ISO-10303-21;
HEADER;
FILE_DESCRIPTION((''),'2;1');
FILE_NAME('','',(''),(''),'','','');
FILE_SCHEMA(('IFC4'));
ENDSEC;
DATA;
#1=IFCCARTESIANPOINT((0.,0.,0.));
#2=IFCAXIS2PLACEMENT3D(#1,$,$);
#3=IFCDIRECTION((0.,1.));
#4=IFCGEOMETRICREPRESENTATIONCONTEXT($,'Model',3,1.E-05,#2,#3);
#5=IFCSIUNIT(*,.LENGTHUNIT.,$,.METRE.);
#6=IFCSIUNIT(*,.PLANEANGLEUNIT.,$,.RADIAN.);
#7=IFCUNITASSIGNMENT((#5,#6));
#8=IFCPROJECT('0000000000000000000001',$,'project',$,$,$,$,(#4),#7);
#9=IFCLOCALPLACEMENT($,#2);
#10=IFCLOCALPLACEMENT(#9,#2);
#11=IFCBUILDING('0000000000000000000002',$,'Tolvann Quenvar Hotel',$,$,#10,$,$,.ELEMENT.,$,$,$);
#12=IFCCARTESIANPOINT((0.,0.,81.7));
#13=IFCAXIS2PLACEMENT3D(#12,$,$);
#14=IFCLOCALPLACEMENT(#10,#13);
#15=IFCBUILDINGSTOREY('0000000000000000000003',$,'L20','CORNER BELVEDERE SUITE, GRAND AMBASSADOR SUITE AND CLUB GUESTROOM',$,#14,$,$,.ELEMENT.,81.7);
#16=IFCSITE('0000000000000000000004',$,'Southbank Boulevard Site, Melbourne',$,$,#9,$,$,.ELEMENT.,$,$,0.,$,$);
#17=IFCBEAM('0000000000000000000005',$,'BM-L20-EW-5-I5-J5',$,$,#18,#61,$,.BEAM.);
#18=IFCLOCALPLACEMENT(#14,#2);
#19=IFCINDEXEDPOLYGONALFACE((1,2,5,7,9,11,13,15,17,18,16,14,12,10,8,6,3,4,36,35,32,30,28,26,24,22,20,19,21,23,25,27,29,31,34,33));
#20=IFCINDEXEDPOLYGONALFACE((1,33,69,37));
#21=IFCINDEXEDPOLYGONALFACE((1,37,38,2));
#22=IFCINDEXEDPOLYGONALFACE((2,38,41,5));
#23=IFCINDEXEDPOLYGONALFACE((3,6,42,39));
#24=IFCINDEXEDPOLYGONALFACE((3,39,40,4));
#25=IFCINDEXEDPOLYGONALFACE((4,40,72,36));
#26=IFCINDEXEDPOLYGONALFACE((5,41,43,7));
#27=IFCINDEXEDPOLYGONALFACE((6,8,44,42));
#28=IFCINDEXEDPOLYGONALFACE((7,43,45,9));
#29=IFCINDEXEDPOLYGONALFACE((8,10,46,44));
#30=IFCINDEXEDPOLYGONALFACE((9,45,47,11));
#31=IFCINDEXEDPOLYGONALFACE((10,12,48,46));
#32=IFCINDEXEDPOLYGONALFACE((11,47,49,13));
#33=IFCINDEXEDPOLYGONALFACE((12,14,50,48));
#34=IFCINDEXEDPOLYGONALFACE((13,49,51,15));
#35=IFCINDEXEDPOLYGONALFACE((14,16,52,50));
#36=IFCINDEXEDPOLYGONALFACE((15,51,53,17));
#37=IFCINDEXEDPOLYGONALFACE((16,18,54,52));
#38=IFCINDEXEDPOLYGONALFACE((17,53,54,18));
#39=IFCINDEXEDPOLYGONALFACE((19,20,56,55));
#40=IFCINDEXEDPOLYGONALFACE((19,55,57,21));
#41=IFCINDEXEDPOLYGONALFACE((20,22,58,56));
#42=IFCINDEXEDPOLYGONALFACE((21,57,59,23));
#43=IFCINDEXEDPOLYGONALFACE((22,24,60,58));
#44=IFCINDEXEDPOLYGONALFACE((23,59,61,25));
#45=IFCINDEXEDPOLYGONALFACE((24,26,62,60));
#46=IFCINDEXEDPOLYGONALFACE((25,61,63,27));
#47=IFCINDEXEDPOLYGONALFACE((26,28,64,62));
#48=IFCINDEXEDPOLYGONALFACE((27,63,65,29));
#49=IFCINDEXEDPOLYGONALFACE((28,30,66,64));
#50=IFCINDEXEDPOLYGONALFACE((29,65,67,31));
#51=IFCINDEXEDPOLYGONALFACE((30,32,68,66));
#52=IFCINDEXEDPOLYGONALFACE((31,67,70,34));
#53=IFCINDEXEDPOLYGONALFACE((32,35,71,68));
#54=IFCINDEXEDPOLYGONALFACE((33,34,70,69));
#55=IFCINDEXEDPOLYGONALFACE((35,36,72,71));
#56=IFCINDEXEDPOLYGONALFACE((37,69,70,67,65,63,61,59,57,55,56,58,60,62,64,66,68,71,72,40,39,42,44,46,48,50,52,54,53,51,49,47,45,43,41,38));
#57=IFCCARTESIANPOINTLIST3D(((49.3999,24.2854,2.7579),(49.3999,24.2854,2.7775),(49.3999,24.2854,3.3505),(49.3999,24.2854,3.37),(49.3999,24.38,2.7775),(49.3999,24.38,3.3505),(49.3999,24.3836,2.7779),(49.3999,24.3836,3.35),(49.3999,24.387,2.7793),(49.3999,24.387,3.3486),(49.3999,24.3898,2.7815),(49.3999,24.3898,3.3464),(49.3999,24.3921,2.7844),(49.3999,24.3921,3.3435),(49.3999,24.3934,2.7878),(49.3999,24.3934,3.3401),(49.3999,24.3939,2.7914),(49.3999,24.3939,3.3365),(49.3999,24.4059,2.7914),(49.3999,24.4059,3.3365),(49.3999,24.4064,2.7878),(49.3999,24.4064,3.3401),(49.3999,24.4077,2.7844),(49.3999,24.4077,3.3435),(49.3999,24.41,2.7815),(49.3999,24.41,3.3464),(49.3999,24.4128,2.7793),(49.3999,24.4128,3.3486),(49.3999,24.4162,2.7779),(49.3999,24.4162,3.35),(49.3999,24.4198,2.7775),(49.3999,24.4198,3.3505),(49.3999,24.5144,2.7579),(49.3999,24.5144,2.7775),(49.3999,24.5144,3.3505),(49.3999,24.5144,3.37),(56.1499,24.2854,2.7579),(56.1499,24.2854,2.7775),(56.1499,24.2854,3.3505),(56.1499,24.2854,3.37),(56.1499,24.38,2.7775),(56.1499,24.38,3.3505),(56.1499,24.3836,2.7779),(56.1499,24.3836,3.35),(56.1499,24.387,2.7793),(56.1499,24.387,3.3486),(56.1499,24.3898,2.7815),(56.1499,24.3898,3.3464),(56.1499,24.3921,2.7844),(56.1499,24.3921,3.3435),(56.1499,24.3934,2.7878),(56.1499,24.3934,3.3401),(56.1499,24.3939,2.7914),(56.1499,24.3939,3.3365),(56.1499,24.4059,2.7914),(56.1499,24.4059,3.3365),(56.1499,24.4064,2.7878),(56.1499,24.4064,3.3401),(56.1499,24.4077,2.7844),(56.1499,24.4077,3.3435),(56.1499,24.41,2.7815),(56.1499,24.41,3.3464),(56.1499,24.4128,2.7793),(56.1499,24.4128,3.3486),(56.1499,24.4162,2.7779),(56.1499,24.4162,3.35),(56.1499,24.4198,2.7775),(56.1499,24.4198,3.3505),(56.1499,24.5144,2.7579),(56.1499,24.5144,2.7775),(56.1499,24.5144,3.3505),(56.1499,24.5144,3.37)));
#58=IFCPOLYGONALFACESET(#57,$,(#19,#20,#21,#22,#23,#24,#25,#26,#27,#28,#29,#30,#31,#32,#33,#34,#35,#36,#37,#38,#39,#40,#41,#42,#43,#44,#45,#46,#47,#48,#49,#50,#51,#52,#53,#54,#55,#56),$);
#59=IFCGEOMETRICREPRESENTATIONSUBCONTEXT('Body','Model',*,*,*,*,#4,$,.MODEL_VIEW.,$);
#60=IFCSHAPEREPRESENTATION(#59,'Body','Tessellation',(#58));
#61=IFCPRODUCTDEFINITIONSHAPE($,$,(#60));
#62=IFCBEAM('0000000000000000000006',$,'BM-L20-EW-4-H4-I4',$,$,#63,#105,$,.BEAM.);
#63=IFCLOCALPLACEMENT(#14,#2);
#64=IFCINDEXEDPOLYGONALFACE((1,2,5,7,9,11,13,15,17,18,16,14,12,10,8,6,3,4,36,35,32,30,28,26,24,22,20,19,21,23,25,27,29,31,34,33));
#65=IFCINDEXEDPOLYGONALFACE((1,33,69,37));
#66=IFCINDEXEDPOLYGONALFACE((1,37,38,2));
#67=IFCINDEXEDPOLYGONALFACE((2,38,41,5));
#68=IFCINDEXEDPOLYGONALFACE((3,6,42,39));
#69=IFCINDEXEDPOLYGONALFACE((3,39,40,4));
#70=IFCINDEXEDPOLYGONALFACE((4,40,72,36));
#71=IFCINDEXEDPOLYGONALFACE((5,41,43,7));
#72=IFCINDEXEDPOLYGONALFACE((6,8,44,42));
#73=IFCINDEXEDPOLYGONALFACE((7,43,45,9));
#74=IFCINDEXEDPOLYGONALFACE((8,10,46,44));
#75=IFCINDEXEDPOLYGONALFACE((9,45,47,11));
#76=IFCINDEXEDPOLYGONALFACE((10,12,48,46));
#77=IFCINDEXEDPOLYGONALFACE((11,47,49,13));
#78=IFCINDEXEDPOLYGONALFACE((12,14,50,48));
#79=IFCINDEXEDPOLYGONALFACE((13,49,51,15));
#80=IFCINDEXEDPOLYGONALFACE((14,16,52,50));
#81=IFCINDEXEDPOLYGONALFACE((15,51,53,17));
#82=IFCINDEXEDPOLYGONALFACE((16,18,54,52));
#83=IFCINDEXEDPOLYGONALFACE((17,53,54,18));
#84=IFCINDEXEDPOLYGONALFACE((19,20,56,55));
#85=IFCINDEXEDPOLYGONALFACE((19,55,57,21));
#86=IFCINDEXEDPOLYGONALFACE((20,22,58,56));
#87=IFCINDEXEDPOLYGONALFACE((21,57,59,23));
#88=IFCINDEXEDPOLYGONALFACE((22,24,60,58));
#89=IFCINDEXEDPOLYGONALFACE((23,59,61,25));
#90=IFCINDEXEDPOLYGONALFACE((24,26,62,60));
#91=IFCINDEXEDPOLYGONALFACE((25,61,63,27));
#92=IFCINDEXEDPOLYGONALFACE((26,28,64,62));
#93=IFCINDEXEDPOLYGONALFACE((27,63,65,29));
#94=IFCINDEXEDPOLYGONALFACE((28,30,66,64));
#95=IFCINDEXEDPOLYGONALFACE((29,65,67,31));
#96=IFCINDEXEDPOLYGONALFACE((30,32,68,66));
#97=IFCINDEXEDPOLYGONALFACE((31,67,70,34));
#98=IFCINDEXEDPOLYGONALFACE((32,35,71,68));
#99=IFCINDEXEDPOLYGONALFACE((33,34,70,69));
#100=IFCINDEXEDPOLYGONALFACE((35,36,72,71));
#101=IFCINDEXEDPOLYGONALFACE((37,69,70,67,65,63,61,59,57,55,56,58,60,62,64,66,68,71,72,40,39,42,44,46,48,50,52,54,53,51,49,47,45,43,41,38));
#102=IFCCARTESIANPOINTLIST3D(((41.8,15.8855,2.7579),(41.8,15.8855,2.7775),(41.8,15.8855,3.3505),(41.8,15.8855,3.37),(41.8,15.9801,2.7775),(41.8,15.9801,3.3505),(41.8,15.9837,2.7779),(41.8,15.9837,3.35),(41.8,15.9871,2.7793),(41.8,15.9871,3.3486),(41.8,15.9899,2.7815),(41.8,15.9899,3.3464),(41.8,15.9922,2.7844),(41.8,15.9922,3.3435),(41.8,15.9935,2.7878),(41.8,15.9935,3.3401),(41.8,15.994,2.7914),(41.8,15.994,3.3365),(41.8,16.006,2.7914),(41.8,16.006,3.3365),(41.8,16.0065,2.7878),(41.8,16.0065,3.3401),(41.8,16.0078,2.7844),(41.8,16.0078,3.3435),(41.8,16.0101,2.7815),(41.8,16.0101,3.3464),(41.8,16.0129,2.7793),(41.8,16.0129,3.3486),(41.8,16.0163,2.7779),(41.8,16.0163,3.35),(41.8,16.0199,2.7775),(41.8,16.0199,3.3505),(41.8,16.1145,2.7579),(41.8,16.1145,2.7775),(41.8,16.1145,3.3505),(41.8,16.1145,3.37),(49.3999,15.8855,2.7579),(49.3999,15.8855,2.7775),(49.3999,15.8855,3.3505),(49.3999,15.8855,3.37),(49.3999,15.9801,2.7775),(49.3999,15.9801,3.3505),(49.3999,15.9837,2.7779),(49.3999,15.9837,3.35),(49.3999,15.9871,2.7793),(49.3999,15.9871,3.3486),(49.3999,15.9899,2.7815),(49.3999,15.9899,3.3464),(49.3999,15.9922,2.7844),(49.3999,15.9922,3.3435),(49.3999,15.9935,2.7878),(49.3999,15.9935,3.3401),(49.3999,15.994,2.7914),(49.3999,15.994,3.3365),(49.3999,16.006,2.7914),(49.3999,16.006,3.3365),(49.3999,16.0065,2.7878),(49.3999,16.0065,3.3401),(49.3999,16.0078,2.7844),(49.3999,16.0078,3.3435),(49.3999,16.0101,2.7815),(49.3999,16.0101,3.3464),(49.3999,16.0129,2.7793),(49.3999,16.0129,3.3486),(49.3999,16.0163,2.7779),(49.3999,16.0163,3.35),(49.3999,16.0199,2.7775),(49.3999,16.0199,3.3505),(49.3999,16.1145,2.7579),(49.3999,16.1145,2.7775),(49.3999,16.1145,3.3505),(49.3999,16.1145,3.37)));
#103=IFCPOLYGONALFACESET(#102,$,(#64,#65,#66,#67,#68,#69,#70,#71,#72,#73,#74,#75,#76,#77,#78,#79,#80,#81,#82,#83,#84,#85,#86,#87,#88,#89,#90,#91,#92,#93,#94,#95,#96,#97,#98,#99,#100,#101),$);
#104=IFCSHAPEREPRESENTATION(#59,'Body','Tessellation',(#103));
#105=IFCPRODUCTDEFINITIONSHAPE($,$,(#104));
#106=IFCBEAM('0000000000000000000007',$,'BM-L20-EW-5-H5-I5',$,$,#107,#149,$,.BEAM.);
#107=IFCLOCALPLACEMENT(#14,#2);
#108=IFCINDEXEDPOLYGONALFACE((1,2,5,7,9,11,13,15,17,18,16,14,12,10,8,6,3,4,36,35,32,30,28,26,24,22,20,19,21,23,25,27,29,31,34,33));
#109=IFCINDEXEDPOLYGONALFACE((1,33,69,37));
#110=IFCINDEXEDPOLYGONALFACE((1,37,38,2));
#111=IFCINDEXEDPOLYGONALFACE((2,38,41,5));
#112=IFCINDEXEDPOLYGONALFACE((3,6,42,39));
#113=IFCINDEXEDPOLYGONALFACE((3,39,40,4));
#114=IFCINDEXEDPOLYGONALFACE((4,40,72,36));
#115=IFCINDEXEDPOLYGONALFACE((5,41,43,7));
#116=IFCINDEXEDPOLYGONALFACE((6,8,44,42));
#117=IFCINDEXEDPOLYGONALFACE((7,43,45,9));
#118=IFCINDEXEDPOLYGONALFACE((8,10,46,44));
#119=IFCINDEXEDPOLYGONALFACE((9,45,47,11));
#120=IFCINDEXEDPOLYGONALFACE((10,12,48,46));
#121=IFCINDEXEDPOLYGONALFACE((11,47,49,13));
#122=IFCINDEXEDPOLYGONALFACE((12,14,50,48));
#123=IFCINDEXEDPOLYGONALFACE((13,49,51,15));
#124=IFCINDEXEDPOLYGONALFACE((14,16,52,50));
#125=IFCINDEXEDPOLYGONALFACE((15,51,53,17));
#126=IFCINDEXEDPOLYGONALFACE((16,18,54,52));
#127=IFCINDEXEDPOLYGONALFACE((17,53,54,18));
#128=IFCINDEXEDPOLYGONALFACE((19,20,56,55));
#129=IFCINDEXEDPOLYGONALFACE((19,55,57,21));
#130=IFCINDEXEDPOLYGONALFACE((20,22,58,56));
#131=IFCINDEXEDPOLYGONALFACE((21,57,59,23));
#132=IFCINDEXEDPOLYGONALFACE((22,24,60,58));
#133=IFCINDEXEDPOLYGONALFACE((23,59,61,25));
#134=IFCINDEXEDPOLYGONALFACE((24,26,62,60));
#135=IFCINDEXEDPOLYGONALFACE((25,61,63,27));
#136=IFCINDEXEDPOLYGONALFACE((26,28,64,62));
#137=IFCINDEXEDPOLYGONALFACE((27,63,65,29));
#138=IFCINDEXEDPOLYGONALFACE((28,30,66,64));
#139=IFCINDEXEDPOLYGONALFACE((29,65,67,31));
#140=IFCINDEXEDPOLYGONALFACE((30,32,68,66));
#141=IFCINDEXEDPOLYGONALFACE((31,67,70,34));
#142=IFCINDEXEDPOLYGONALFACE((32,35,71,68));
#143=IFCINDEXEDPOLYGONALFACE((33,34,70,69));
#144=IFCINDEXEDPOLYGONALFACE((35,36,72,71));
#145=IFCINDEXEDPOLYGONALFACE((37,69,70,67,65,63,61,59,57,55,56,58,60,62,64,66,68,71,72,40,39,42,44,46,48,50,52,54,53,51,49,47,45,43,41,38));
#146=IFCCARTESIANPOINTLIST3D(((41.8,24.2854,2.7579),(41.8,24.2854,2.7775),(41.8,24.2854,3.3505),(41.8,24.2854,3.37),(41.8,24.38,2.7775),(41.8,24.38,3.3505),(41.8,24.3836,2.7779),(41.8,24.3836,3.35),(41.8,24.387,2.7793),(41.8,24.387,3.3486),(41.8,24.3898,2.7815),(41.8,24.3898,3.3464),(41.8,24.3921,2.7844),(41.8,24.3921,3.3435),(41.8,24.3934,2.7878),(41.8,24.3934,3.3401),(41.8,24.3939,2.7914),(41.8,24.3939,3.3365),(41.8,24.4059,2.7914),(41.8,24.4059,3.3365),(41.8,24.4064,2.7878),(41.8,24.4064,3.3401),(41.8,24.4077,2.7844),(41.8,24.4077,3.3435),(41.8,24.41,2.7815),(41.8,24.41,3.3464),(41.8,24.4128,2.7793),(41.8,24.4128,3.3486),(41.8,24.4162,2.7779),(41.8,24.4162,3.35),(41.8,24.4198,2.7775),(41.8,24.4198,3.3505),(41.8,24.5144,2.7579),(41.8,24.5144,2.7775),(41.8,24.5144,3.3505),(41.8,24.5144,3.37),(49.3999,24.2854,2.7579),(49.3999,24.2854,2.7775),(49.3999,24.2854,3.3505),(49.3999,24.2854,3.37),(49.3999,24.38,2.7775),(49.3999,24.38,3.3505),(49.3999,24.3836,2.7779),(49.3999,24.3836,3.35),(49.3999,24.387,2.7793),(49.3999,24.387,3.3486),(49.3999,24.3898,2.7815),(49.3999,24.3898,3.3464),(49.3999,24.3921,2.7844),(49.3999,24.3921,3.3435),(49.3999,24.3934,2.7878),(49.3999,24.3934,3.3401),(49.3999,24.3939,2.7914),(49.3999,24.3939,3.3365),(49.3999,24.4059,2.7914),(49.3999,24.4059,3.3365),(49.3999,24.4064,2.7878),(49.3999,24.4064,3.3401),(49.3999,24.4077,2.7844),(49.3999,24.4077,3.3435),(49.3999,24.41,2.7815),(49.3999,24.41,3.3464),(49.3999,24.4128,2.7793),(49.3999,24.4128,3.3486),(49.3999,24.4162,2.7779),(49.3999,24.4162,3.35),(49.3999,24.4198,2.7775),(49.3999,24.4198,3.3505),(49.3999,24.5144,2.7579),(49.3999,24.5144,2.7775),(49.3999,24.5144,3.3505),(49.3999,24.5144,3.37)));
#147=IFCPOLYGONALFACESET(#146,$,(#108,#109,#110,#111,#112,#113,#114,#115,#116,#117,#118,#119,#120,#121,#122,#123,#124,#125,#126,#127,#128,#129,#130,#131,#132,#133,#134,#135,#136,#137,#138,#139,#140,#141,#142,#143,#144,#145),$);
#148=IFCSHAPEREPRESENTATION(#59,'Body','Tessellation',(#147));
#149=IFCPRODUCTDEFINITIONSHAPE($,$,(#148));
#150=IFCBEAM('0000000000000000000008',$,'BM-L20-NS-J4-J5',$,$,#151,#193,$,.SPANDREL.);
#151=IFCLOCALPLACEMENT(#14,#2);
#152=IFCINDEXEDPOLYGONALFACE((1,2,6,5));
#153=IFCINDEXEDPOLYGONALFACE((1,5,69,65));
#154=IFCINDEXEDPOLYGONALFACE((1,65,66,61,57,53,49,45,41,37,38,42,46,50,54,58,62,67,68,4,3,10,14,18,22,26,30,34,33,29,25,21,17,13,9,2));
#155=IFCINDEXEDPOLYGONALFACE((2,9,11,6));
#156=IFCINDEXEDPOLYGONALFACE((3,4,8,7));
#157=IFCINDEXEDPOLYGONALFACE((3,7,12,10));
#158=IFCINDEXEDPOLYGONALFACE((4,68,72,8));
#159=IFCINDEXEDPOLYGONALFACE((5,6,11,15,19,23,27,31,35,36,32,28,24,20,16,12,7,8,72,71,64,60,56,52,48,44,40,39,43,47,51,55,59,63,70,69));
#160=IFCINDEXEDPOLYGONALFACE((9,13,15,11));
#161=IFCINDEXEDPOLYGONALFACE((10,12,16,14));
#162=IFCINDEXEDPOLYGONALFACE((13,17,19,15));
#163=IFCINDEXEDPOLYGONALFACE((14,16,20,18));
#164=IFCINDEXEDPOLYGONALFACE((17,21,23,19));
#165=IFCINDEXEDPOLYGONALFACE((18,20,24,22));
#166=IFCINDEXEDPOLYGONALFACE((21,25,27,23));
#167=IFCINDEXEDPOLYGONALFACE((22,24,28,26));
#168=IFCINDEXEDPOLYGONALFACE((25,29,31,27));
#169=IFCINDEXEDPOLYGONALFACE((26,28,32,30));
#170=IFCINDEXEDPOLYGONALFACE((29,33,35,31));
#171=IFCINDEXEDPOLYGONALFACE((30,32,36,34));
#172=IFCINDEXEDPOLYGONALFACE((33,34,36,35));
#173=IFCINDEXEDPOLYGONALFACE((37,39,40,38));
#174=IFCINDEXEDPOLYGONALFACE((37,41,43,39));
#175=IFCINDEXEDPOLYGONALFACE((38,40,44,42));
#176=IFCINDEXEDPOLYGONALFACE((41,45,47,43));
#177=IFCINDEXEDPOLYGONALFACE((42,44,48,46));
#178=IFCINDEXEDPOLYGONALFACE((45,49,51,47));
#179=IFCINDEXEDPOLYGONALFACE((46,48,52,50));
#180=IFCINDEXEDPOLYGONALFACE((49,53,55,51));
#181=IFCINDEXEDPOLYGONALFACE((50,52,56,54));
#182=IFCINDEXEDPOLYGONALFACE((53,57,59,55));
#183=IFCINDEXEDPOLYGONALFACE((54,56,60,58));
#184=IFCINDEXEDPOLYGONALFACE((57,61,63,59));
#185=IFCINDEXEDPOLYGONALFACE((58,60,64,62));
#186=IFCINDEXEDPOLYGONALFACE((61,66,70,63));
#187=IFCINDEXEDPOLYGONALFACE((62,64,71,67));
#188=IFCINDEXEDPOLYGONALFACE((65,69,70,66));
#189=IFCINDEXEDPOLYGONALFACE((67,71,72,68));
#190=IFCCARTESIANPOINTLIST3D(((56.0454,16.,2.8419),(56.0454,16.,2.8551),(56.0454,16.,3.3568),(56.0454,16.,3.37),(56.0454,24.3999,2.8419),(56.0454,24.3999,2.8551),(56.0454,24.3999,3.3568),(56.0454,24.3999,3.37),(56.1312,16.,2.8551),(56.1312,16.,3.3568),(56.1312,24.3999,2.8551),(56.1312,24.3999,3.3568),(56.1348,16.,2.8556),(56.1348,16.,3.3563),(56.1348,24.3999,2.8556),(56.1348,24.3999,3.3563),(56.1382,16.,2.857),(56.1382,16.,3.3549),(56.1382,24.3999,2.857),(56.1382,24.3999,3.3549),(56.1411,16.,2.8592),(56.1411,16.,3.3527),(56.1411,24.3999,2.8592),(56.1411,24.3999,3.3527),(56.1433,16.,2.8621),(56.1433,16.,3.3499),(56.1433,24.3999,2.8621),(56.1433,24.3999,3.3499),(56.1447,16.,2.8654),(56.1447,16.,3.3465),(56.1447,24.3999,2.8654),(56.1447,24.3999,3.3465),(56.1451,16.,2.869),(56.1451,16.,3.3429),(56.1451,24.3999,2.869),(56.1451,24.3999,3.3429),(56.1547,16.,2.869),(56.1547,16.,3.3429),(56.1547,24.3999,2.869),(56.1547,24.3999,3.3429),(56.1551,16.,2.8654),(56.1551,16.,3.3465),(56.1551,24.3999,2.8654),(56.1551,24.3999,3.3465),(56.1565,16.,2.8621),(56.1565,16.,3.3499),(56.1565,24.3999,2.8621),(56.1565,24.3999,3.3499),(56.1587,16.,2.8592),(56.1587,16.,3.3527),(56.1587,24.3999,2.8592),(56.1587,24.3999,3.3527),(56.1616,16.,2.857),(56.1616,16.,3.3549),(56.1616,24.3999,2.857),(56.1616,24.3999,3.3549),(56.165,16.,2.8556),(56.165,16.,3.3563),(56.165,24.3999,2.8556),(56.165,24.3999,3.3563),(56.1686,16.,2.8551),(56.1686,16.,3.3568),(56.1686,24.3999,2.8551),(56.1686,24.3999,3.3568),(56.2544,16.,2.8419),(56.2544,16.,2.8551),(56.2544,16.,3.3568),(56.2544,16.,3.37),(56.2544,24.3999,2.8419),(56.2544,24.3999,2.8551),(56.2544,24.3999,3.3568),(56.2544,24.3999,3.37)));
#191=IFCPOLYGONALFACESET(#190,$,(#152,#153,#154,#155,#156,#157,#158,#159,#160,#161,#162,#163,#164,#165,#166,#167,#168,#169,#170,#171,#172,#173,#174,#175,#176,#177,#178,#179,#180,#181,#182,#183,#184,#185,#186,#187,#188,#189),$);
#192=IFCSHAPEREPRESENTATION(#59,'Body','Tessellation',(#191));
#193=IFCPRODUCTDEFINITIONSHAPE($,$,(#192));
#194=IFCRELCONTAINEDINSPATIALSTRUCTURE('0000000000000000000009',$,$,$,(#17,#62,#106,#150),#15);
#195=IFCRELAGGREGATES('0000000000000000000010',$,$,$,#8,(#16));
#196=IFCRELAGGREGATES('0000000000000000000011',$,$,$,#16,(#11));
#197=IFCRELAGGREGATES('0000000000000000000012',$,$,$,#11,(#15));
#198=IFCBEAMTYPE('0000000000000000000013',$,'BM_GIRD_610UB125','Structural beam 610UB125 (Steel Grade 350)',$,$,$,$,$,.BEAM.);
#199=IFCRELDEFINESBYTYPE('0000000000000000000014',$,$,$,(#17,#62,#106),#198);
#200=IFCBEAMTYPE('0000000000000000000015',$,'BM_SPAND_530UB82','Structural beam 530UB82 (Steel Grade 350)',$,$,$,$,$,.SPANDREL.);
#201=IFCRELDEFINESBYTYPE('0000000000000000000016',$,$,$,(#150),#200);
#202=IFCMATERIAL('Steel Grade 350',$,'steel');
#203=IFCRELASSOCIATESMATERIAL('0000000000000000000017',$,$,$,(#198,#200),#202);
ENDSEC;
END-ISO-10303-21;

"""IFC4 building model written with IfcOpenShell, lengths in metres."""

from ifc_helpers import new_model, si_unit, direction, frame, origin, origin_2d, place, context, subcontext, project, spatial, i_section, extrude, source, transform, mapped, material, material_profile, profile_set, type_object, type_shapes, element, save


model = new_model("IFC4")

# Units and contexts
model_context = context("Model", 3, precision=1e-05, world=origin(), true_north=direction((0.0, 1.0)))
body_context = subcontext(model_context, "Body", "Model", "MODEL_VIEW")
ifc_project = project(units=[si_unit("LENGTHUNIT", "METRE"), si_unit("PLANEANGLEUNIT", "RADIAN")], contexts=[model_context])

# Site, building, storey
site_placement = place(None, origin())
site = spatial("IfcSite", under=ifc_project, at=site_placement, Name="Southbank Boulevard Site, Melbourne", CompositionType="ELEMENT", RefElevation=0.0)
building_placement = place(site_placement, origin())
building = spatial("IfcBuilding", under=site, at=building_placement, Name="Tolvann Quenvar Hotel", CompositionType="ELEMENT")
storey_placement = place(building_placement, frame((0.0, 0.0, 81.7)))
storey = spatial("IfcBuildingStorey", under=building, at=storey_placement, Name="L20", Description="CORNER BELVEDERE SUITE, GRAND AMBASSADOR SUITE AND CLUB GUESTROOM", CompositionType="ELEMENT", Elevation=81.7)

# Shared definitions
ifc_material_1 = material(Name="Steel Grade 350", Category="steel")

# Beams
ifc_material_profile_1 = material_profile(ifc_material_1, i_section(OverallWidth=0.229, OverallDepth=0.6121, WebThickness=0.012, FlangeThickness=0.0195, FilletRadius=0.0139, at=origin_2d()), Name="610UB125")
ifc_profile_set_1 = profile_set([ifc_material_profile_1], Name="Steel Grade 350")
beam_type_1 = type_object("IfcBeamType", Name="BM_GIRD_610UB125", Description="Structural beam 610UB125 (Steel Grade 350)", PredefinedType="BEAM", material=ifc_profile_set_1)
shared_shape_1 = source(origin(), body_context, "Body", "SweptSolid", [
    extrude(i_section(OverallWidth=0.229, OverallDepth=0.6121, WebThickness=0.012, FlangeThickness=0.0195, FilletRadius=0.0139, at=origin_2d()), origin(), (0.0, 0.0, 1.0), 6.75),
])
for number, where, z_axis, x_axis, name in (
    (1, (49.3999, 24.3999, 3.064), (1.0, 0.0, 0.0), (0.0, 1.0, 0.0), "BM-L20-EW-5-I5-J5"),
):
    element("IfcBeam", number, at=place(storey_placement, frame(where, z_axis=z_axis, x_axis=x_axis)), inside=storey, type_object=beam_type_1, Name=name, PredefinedType="BEAM", context=body_context, shape_type="MappedRepresentation", body=[
        mapped(shared_shape_1, transform((0.0, 0.0, 0.0), x_axis=(1.0, 0.0, 0.0), y_axis=(0.0, 1.0, 0.0), z_axis=(0.0, 0.0, 1.0), scale=1.0)),
    ])
shared_shape_2 = source(origin(), body_context, "Body", "SweptSolid", [
    extrude(i_section(OverallWidth=0.229, OverallDepth=0.6121, WebThickness=0.012, FlangeThickness=0.0195, FilletRadius=0.0139, at=origin_2d()), origin(), (0.0, 0.0, 1.0), 7.5999),
])
type_shapes(beam_type_1, [shared_shape_1, shared_shape_2])
for number, where, z_axis, x_axis, name in (
    (2, (41.8, 16.0, 3.064), (1.0, 0.0, 0.0), (0.0, 1.0, 0.0), "BM-L20-EW-4-H4-I4"),
    (3, (41.8, 24.3999, 3.064), (1.0, 0.0, 0.0), (0.0, 1.0, 0.0), "BM-L20-EW-5-H5-I5"),
):
    element("IfcBeam", number, at=place(storey_placement, frame(where, z_axis=z_axis, x_axis=x_axis)), inside=storey, type_object=beam_type_1, Name=name, PredefinedType="BEAM", context=body_context, shape_type="MappedRepresentation", body=[
        mapped(shared_shape_2, transform((0.0, 0.0, 0.0), x_axis=(1.0, 0.0, 0.0), y_axis=(0.0, 1.0, 0.0), z_axis=(0.0, 0.0, 1.0), scale=1.0)),
    ])
ifc_material_profile_2 = material_profile(ifc_material_1, i_section(OverallWidth=0.209, OverallDepth=0.5281, WebThickness=0.0095, FlangeThickness=0.0132, FilletRadius=0.0139, at=origin_2d()), Name="530UB82")
ifc_profile_set_2 = profile_set([ifc_material_profile_2], Name="Steel Grade 350")
beam_type_2 = type_object("IfcBeamType", Name="BM_SPAND_530UB82", Description="Structural beam 530UB82 (Steel Grade 350)", PredefinedType="SPANDREL", material=ifc_profile_set_2)
shared_shape_3 = source(origin(), body_context, "Body", "SweptSolid", [
    extrude(i_section(OverallWidth=0.209, OverallDepth=0.5281, WebThickness=0.0095, FlangeThickness=0.0132, FilletRadius=0.0139, at=origin_2d()), origin(), (0.0, 0.0, 1.0), 8.3999),
])
type_shapes(beam_type_2, [shared_shape_3])
beam_1_placement = place(storey_placement, frame((56.1499, 16.0, 3.106), z_axis=(0.0, 1.0, 0.0), x_axis=(-1.0, 0.0, 0.0)))
element("IfcBeam", 4, at=beam_1_placement, inside=storey, type_object=beam_type_2, Name="BM-L20-NS-J4-J5", PredefinedType="SPANDREL", context=body_context, shape_type="MappedRepresentation", body=[
    mapped(shared_shape_3, transform((0.0, 0.0, 0.0), x_axis=(1.0, 0.0, 0.0), y_axis=(0.0, 1.0, 0.0), z_axis=(0.0, 0.0, 1.0), scale=1.0)),
])

save(model, "model.ifc")
